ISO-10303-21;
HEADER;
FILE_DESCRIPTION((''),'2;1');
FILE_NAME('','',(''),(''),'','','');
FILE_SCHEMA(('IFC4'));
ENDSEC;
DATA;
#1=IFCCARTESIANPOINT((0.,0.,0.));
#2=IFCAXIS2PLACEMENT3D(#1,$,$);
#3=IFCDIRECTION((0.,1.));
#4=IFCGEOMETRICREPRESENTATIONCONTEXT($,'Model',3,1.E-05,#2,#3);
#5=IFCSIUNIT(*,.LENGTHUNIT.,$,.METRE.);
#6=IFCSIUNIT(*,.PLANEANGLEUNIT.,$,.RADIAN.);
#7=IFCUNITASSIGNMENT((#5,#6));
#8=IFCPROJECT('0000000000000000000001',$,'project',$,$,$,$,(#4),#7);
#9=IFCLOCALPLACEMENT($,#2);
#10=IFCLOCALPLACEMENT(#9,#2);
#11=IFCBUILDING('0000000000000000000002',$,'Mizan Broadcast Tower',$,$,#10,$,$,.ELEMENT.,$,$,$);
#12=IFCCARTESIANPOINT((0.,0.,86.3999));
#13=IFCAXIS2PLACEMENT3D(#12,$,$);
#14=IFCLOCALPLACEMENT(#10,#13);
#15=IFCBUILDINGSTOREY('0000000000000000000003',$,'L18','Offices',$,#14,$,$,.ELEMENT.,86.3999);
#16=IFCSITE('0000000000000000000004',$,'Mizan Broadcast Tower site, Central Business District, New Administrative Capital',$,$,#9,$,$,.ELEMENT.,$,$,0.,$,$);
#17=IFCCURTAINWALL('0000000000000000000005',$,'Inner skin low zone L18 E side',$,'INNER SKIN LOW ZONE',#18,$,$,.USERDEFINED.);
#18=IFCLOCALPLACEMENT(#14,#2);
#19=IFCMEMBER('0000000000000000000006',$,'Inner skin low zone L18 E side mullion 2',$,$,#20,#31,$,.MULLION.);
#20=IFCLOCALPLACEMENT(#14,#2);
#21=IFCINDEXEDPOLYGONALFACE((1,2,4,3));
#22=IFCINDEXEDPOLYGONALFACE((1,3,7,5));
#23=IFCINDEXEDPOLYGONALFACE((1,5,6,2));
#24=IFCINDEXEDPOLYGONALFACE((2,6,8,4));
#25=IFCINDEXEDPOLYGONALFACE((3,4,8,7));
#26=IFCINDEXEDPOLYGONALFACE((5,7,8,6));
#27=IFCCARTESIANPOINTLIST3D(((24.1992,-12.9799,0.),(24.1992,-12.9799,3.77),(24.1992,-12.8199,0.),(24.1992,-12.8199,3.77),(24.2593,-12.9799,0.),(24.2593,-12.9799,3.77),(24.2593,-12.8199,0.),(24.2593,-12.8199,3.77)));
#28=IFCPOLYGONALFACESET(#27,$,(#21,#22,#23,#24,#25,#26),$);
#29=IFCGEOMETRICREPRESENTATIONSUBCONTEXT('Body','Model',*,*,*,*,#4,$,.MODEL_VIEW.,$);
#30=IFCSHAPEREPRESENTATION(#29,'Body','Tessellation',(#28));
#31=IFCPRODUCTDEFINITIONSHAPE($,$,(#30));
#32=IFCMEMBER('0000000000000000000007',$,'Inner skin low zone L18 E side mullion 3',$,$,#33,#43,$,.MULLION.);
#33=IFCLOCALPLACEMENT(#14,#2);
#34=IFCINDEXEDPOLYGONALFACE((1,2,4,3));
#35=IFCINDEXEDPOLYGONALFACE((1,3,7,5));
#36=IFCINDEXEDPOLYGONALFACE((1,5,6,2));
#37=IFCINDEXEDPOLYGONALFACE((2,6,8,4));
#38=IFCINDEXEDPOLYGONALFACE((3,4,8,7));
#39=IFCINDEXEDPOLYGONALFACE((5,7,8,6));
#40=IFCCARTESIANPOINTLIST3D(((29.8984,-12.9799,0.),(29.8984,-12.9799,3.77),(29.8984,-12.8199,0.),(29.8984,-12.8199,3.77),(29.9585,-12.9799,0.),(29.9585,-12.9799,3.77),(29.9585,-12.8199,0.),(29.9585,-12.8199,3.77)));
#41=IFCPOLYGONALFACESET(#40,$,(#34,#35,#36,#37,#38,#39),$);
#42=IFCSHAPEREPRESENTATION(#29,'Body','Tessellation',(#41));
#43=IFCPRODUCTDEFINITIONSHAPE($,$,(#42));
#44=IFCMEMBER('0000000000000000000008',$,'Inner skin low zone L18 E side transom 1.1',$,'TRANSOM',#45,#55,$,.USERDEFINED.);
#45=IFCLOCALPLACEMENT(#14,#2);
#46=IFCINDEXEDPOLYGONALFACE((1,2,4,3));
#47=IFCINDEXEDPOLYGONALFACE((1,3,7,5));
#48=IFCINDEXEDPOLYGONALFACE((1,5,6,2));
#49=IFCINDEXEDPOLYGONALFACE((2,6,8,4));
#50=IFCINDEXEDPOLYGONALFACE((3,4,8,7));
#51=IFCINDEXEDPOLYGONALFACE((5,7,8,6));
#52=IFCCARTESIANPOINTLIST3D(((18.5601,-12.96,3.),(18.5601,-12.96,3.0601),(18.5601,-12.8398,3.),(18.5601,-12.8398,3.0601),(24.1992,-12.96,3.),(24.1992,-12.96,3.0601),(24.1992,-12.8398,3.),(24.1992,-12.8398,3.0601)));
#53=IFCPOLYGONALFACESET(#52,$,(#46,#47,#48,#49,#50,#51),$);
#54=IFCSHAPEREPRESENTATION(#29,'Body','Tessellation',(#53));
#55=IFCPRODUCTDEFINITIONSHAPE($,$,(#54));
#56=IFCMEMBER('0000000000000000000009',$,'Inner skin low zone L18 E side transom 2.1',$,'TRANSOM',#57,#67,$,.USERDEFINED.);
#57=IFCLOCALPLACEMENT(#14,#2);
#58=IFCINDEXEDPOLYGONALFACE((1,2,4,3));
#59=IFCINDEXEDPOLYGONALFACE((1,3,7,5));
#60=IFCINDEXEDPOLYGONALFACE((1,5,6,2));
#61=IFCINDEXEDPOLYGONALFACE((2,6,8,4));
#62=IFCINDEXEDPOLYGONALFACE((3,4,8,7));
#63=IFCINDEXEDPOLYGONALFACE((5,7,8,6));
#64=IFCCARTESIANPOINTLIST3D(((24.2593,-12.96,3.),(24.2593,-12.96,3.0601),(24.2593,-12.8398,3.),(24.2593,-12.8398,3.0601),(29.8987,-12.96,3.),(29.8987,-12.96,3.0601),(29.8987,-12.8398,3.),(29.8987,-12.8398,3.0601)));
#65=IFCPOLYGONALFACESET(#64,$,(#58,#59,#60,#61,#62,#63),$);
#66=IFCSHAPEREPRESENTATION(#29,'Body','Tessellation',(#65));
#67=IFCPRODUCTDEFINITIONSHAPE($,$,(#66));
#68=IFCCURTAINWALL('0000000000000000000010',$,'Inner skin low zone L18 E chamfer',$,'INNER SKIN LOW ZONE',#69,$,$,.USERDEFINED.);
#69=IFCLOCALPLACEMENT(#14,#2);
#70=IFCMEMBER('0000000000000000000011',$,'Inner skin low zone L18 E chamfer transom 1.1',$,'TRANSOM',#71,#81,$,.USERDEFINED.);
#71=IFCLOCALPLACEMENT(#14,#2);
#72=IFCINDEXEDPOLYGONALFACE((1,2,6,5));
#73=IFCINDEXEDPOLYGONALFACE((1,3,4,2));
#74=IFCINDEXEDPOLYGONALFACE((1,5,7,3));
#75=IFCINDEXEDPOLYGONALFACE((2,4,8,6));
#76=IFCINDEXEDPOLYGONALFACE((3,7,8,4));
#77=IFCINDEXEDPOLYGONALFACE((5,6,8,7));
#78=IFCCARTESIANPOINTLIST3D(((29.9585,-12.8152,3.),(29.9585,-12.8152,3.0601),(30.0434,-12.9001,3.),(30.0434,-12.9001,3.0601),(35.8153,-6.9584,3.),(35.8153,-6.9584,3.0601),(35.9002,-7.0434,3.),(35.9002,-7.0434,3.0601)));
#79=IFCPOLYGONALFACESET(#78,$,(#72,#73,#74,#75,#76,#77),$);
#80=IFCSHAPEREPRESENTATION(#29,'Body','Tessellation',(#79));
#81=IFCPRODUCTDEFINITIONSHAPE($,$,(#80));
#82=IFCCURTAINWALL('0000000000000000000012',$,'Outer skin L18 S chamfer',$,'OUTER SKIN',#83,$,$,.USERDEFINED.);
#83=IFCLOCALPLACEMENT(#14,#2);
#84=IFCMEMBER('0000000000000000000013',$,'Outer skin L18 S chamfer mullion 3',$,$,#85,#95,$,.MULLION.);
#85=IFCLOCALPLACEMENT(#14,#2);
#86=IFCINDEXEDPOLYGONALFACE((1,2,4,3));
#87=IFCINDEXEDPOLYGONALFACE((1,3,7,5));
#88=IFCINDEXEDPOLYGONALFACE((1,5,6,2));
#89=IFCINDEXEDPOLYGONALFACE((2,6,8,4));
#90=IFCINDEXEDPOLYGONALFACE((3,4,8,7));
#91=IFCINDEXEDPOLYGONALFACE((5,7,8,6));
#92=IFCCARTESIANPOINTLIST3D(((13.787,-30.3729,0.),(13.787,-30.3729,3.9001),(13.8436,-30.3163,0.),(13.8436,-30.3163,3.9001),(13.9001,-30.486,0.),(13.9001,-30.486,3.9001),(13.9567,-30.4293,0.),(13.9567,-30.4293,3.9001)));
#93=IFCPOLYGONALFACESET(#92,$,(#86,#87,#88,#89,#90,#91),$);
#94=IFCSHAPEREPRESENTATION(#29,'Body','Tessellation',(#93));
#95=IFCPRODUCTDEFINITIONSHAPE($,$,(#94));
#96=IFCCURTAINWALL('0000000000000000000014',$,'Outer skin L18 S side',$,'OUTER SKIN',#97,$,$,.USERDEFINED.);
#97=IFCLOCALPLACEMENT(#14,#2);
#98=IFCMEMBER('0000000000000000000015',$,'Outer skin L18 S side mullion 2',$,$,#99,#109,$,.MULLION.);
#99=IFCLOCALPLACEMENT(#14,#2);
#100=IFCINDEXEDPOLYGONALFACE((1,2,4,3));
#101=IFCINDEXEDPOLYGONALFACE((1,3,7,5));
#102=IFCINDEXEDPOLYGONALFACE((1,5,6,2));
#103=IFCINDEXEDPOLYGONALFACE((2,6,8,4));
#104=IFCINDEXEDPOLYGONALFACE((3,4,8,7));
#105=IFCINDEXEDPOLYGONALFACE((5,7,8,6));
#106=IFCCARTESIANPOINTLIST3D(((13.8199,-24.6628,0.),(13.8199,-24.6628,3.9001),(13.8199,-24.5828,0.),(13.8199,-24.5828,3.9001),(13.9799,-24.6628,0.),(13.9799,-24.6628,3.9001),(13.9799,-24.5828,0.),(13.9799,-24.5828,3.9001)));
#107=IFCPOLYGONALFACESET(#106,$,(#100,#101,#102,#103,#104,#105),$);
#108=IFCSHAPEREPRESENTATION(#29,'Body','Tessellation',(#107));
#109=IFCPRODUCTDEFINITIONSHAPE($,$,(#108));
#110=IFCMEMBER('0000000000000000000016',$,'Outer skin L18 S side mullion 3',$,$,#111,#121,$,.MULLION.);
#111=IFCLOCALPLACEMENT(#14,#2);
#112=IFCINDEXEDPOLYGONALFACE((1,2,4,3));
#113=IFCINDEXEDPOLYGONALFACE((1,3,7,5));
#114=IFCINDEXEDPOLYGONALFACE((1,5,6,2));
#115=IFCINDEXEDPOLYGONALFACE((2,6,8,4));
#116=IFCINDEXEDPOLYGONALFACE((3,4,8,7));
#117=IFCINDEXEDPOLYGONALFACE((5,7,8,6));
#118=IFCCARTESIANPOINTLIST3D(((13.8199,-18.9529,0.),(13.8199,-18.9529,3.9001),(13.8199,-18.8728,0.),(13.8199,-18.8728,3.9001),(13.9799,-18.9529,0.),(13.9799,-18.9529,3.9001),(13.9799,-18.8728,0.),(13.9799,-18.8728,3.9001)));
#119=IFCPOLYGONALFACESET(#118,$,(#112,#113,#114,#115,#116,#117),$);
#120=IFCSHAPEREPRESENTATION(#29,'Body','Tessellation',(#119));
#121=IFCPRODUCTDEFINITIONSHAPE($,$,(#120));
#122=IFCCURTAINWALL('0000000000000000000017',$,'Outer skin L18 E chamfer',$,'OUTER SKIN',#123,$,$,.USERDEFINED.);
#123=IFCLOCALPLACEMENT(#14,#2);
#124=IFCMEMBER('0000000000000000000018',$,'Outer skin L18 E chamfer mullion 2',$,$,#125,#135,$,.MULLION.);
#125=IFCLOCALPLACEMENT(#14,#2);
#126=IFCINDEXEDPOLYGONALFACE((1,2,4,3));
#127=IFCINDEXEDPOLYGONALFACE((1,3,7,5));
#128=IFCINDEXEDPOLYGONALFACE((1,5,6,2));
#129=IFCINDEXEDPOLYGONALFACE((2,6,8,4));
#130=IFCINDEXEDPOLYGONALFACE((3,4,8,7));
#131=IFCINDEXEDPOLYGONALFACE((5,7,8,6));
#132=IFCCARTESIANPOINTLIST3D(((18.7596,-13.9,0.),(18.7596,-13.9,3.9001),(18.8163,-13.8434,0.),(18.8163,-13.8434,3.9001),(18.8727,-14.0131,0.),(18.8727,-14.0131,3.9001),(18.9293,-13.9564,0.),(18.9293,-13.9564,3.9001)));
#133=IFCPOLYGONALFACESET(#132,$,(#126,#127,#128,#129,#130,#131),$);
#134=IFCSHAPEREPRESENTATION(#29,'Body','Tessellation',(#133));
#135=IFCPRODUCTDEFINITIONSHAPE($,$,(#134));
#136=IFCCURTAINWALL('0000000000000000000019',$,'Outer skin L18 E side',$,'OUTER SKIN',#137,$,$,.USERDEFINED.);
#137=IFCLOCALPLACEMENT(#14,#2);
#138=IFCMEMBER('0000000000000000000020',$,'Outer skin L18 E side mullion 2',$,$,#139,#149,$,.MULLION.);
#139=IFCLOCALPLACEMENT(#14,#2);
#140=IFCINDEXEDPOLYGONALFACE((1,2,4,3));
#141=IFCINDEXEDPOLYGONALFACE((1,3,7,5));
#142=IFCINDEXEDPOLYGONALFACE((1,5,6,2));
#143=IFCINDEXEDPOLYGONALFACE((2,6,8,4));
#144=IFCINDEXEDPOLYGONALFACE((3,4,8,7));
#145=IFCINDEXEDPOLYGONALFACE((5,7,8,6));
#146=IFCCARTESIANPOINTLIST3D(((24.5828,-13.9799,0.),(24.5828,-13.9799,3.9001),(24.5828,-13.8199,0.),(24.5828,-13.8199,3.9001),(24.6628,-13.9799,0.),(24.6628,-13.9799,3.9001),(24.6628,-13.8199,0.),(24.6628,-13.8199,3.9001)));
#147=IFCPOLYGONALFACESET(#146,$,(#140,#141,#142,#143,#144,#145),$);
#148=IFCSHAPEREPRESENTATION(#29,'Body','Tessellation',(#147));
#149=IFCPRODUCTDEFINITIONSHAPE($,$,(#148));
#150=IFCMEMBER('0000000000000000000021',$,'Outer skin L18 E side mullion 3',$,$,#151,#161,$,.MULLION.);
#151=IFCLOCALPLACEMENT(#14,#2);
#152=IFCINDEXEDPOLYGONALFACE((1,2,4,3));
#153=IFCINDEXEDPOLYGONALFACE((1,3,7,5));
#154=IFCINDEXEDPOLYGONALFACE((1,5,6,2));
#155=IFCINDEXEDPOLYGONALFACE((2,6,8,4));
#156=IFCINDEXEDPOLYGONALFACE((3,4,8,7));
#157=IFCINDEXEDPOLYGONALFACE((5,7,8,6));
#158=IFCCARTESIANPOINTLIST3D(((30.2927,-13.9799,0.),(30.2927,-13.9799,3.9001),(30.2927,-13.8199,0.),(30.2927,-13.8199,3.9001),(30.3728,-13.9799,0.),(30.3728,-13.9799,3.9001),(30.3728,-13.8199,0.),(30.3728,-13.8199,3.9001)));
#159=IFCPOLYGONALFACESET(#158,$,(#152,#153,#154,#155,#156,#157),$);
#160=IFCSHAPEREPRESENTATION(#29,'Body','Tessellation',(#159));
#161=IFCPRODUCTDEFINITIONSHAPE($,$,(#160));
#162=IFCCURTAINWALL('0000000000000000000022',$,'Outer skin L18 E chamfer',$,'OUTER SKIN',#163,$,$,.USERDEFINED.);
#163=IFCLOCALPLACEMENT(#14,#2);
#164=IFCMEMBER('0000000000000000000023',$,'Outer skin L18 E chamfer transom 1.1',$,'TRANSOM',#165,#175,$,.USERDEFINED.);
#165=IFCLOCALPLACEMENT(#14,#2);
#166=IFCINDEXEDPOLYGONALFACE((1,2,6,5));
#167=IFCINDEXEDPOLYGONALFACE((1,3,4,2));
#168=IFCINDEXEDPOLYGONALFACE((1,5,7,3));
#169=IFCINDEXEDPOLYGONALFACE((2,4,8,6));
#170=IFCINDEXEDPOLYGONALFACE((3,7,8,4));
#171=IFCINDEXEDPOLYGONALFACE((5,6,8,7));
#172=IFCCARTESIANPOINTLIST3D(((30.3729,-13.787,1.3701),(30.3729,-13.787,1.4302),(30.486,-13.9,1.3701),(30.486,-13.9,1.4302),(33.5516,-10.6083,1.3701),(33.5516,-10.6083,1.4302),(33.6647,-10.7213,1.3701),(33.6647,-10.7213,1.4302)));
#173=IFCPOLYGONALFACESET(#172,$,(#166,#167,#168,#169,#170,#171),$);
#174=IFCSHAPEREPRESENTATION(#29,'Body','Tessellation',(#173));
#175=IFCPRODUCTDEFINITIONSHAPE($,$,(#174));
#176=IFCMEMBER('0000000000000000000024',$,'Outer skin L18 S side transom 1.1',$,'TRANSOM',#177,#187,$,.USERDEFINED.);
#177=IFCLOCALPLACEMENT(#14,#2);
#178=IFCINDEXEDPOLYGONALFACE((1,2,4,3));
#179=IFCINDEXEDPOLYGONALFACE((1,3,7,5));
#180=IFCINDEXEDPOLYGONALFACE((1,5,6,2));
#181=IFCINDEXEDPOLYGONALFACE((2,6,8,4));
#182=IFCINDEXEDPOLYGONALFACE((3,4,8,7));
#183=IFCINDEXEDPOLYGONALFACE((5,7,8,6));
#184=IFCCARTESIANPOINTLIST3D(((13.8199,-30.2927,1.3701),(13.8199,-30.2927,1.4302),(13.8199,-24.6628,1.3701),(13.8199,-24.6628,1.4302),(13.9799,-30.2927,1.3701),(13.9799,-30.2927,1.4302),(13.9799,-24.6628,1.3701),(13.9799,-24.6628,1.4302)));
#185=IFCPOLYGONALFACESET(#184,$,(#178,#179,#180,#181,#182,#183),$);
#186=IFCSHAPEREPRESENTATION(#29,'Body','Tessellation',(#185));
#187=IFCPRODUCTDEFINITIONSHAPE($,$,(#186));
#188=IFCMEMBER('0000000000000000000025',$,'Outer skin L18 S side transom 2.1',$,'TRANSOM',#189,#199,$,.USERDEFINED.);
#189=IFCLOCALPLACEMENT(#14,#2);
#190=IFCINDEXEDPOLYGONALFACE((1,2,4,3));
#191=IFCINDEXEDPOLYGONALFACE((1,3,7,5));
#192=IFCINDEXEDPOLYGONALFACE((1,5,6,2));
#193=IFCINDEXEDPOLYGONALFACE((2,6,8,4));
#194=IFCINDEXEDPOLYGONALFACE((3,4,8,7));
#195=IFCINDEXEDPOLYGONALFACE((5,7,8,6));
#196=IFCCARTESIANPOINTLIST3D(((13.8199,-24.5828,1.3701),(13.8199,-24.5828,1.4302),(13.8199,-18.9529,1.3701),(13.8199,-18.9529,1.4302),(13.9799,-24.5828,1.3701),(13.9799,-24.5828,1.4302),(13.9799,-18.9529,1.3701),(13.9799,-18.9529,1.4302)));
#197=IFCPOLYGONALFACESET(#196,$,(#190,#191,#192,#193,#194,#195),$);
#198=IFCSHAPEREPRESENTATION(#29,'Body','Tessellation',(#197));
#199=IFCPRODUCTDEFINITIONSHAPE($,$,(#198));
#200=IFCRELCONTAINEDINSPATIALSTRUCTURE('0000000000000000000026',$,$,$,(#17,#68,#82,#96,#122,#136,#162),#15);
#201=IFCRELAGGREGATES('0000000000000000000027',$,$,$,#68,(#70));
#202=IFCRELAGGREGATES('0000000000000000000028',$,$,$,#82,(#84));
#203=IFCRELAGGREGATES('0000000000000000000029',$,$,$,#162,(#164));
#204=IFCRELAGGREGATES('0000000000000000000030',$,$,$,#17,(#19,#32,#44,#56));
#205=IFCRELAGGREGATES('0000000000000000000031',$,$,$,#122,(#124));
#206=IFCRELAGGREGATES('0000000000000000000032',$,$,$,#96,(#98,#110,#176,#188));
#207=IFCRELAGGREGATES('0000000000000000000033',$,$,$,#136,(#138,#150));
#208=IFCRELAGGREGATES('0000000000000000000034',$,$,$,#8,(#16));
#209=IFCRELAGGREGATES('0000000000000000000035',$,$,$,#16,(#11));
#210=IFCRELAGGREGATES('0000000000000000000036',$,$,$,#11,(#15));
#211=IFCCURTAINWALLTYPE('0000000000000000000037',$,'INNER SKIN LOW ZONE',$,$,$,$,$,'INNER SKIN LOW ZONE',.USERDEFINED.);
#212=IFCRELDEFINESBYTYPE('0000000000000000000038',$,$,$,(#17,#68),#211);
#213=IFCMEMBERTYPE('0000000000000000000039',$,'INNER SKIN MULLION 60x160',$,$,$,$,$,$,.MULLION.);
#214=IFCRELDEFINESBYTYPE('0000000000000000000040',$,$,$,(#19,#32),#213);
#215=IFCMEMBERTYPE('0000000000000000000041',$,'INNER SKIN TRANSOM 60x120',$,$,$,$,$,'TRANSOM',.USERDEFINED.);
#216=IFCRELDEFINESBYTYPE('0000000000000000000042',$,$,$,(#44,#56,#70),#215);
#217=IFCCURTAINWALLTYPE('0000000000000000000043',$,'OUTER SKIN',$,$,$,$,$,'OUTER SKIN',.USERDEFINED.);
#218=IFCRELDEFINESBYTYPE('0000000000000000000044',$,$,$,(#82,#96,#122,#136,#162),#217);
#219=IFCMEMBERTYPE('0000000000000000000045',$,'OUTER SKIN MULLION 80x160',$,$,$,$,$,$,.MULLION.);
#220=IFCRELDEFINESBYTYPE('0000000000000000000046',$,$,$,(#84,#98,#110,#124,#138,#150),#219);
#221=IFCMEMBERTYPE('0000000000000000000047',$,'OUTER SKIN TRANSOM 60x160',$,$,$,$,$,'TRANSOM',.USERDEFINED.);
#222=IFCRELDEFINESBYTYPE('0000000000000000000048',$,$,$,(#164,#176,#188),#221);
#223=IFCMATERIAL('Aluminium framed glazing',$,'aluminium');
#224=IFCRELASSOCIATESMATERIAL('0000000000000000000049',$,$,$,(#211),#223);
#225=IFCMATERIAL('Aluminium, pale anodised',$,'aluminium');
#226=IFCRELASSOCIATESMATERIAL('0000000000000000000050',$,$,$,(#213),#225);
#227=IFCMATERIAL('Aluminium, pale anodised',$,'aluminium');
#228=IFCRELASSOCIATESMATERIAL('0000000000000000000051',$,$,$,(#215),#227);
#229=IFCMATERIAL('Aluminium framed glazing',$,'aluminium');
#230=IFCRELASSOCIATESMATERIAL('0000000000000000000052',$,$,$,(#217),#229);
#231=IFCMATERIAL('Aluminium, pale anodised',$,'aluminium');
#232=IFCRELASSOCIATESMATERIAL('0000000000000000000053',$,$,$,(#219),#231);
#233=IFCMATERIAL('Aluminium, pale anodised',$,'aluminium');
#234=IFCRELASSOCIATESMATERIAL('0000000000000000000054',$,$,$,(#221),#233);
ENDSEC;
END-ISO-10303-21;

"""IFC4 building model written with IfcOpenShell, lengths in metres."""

from ifc_helpers import new_model, si_unit, direction, frame, origin, origin_2d, place, context, subcontext, project, spatial, rectangle, extrude, material, material_profile, profile_set, type_object, element, aggregate, save


model = new_model("IFC4")

# Units and contexts
model_context = context("Model", 3, precision=1e-05, world=origin(), true_north=direction((0.0, 1.0)))
body_context = subcontext(model_context, "Body", "Model", "MODEL_VIEW")
ifc_project = project(units=[si_unit("LENGTHUNIT", "METRE"), si_unit("PLANEANGLEUNIT", "RADIAN")], contexts=[model_context])

# Site, building, storey
site_placement = place(None, origin())
site = spatial("IfcSite", under=ifc_project, at=site_placement, Name="Mizan Broadcast Tower site, Central Business District, New Administrative Capital", CompositionType="ELEMENT", RefElevation=0.0)
building_placement = place(site_placement, origin())
building = spatial("IfcBuilding", under=site, at=building_placement, Name="Mizan Broadcast Tower", CompositionType="ELEMENT")
storey_placement = place(building_placement, frame((0.0, 0.0, 86.3999)))
storey = spatial("IfcBuildingStorey", under=building, at=storey_placement, Name="L18", Description="Offices", CompositionType="ELEMENT", Elevation=86.3999)

# Curtain wall, members
ifc_material_1 = material(Name="Aluminium framed glazing", Category="aluminium")
curtain_wall_type_1 = type_object("IfcCurtainWallType", Name="INNER SKIN LOW ZONE", ElementType="INNER SKIN LOW ZONE", PredefinedType="USERDEFINED", material=ifc_material_1)
curtain_wall_1_placement = place(storey_placement, origin())
curtain_wall_1 = element("IfcCurtainWall", 1, at=curtain_wall_1_placement, inside=storey, type_object=curtain_wall_type_1, Name="Inner skin low zone L18 E side", ObjectType="INNER SKIN LOW ZONE", PredefinedType="USERDEFINED")
ifc_material_2 = material(Name="Aluminium, pale anodised", Category="aluminium")
ifc_material_profile_1 = material_profile(ifc_material_2, rectangle(XDim=0.1599, YDim=0.0601, at=origin_2d()), Name="MULLION 160x60")
ifc_profile_set_1 = profile_set([ifc_material_profile_1], Name="Aluminium, pale anodised")
member_type_1 = type_object("IfcMemberType", Name="INNER SKIN MULLION 60x160", PredefinedType="MULLION", material=ifc_profile_set_1)
member_1_placement = place(storey_placement, frame((24.2292, -12.8999, 0.0), z_axis=(0.0, 0.0, 1.0), x_axis=(0.0, 1.0, 0.0)))
member_1 = element("IfcMember", 2, at=member_1_placement, type_object=member_type_1, Name="Inner skin low zone L18 E side mullion 2", PredefinedType="MULLION", context=body_context, shape_type="SweptSolid", body=[
    extrude(rectangle(XDim=0.1599, YDim=0.0601, at=origin_2d()), origin(), (0.0, 0.0, 1.0), 3.77),
])
member_2_placement = place(storey_placement, frame((29.9285, -12.8999, 0.0), z_axis=(0.0, 0.0, 1.0), x_axis=(0.0, 1.0, 0.0)))
member_2 = element("IfcMember", 3, at=member_2_placement, type_object=member_type_1, Name="Inner skin low zone L18 E side mullion 3", PredefinedType="MULLION", context=body_context, shape_type="SweptSolid", body=[
    extrude(rectangle(XDim=0.1599, YDim=0.0601, at=origin_2d()), origin(), (0.0, 0.0, 1.0), 3.77),
])
ifc_material_3 = material(Name="Aluminium, pale anodised", Category="aluminium")
ifc_material_profile_2 = material_profile(ifc_material_3, rectangle(XDim=0.1201, YDim=0.0601, at=origin_2d()), Name="TRANSOM 120x60")
ifc_profile_set_2 = profile_set([ifc_material_profile_2], Name="Aluminium, pale anodised")
member_type_2 = type_object("IfcMemberType", Name="INNER SKIN TRANSOM 60x120", ElementType="TRANSOM", PredefinedType="USERDEFINED", material=ifc_profile_set_2)
member_3_placement = place(storey_placement, frame((18.5601, -12.8999, 3.03), z_axis=(1.0, 0.0, 0.0), x_axis=(0.0, 1.0, 0.0)))
member_3 = element("IfcMember", 4, at=member_3_placement, type_object=member_type_2, Name="Inner skin low zone L18 E side transom 1.1", ObjectType="TRANSOM", PredefinedType="USERDEFINED", context=body_context, shape_type="SweptSolid", body=[
    extrude(rectangle(XDim=0.1201, YDim=0.0601, at=origin_2d()), origin(), (0.0, 0.0, 1.0), 5.6392),
])
member_4_placement = place(storey_placement, frame((24.2593, -12.8999, 3.03), z_axis=(1.0, 0.0, 0.0), x_axis=(0.0, 1.0, 0.0)))
member_4 = element("IfcMember", 5, at=member_4_placement, type_object=member_type_2, Name="Inner skin low zone L18 E side transom 2.1", ObjectType="TRANSOM", PredefinedType="USERDEFINED", context=body_context, shape_type="SweptSolid", body=[
    extrude(rectangle(XDim=0.1201, YDim=0.0601, at=origin_2d()), origin(), (0.0, 0.0, 1.0), 5.6394),
])

# Curtain walls, members
curtain_wall_2_placement = place(storey_placement, origin())
curtain_wall_2 = element("IfcCurtainWall", 6, at=curtain_wall_2_placement, inside=storey, type_object=curtain_wall_type_1, Name="Inner skin low zone L18 E chamfer", ObjectType="INNER SKIN LOW ZONE", PredefinedType="USERDEFINED")
member_5_placement = place(storey_placement, frame((30.001, -12.8577, 3.03), z_axis=(0.707107, 0.707107, 0.0), x_axis=(-0.707107, 0.707107, 0.0)))
member_5 = element("IfcMember", 7, at=member_5_placement, type_object=member_type_2, Name="Inner skin low zone L18 E chamfer transom 1.1", ObjectType="TRANSOM", PredefinedType="USERDEFINED", context=body_context, shape_type="SweptSolid", body=[
    extrude(rectangle(XDim=0.1201, YDim=0.0601, at=origin_2d()), origin(), (0.0, 0.0, 1.0), 8.2827),
])
aggregate(curtain_wall_2, [member_5])
ifc_material_4 = material(Name="Aluminium framed glazing", Category="aluminium")
curtain_wall_type_2 = type_object("IfcCurtainWallType", Name="OUTER SKIN", ElementType="OUTER SKIN", PredefinedType="USERDEFINED", material=ifc_material_4)
curtain_wall_3_placement = place(storey_placement, origin())
curtain_wall_3 = element("IfcCurtainWall", 8, at=curtain_wall_3_placement, inside=storey, type_object=curtain_wall_type_2, Name="Outer skin L18 S chamfer", ObjectType="OUTER SKIN", PredefinedType="USERDEFINED")
ifc_material_5 = material(Name="Aluminium, pale anodised", Category="aluminium")
ifc_material_profile_3 = material_profile(ifc_material_5, rectangle(XDim=0.1599, YDim=0.0801, at=origin_2d()), Name="MULLION 160x80")
ifc_profile_set_3 = profile_set([ifc_material_profile_3], Name="Aluminium, pale anodised")
member_type_3 = type_object("IfcMemberType", Name="OUTER SKIN MULLION 80x160", PredefinedType="MULLION", material=ifc_profile_set_3)
member_6_placement = place(storey_placement, frame((13.8718, -30.4011, 0.0), z_axis=(0.0, 0.0, 1.0), x_axis=(-0.707107, 0.707107, 0.0)))
member_6 = element("IfcMember", 9, at=member_6_placement, type_object=member_type_3, Name="Outer skin L18 S chamfer mullion 3", PredefinedType="MULLION", context=body_context, shape_type="SweptSolid", body=[
    extrude(rectangle(XDim=0.1599, YDim=0.0801, at=origin_2d()), origin(), (0.0, 0.0, 1.0), 3.9001),
])
aggregate(curtain_wall_3, [member_6])

# Curtain wall, members
curtain_wall_4_placement = place(storey_placement, origin())
curtain_wall_4 = element("IfcCurtainWall", 10, at=curtain_wall_4_placement, inside=storey, type_object=curtain_wall_type_2, Name="Outer skin L18 S side", ObjectType="OUTER SKIN", PredefinedType="USERDEFINED")
member_7_placement = place(storey_placement, frame((13.8999, -24.6228, 0.0), z_axis=(0.0, 0.0, 1.0), x_axis=(-1.0, 0.0, 0.0)))
member_7 = element("IfcMember", 11, at=member_7_placement, type_object=member_type_3, Name="Outer skin L18 S side mullion 2", PredefinedType="MULLION", context=body_context, shape_type="SweptSolid", body=[
    extrude(rectangle(XDim=0.1599, YDim=0.0801, at=origin_2d()), origin(), (0.0, 0.0, 1.0), 3.9001),
])
member_8_placement = place(storey_placement, frame((13.8999, -18.9128, 0.0), z_axis=(0.0, 0.0, 1.0), x_axis=(-1.0, 0.0, 0.0)))
member_8 = element("IfcMember", 12, at=member_8_placement, type_object=member_type_3, Name="Outer skin L18 S side mullion 3", PredefinedType="MULLION", context=body_context, shape_type="SweptSolid", body=[
    extrude(rectangle(XDim=0.1599, YDim=0.0801, at=origin_2d()), origin(), (0.0, 0.0, 1.0), 3.9001),
])

# Curtain wall, member
curtain_wall_5_placement = place(storey_placement, origin())
curtain_wall_5 = element("IfcCurtainWall", 13, at=curtain_wall_5_placement, inside=storey, type_object=curtain_wall_type_2, Name="Outer skin L18 E chamfer", ObjectType="OUTER SKIN", PredefinedType="USERDEFINED")
member_9_placement = place(storey_placement, frame((18.8445, -13.9282, 0.0), z_axis=(0.0, 0.0, 1.0), x_axis=(-0.707107, 0.707107, 0.0)))
member_9 = element("IfcMember", 14, at=member_9_placement, type_object=member_type_3, Name="Outer skin L18 E chamfer mullion 2", PredefinedType="MULLION", context=body_context, shape_type="SweptSolid", body=[
    extrude(rectangle(XDim=0.1599, YDim=0.0801, at=origin_2d()), origin(), (0.0, 0.0, 1.0), 3.9001),
])

# Curtain wall, members
curtain_wall_6_placement = place(storey_placement, origin())
curtain_wall_6 = element("IfcCurtainWall", 15, at=curtain_wall_6_placement, inside=storey, type_object=curtain_wall_type_2, Name="Outer skin L18 E side", ObjectType="OUTER SKIN", PredefinedType="USERDEFINED")
member_10_placement = place(storey_placement, frame((24.6228, -13.8999, 0.0), z_axis=(0.0, 0.0, 1.0), x_axis=(0.0, 1.0, 0.0)))
member_10 = element("IfcMember", 16, at=member_10_placement, type_object=member_type_3, Name="Outer skin L18 E side mullion 2", PredefinedType="MULLION", context=body_context, shape_type="SweptSolid", body=[
    extrude(rectangle(XDim=0.1599, YDim=0.0801, at=origin_2d()), origin(), (0.0, 0.0, 1.0), 3.9001),
])
member_11_placement = place(storey_placement, frame((30.3328, -13.8999, 0.0), z_axis=(0.0, 0.0, 1.0), x_axis=(0.0, 1.0, 0.0)))
member_11 = element("IfcMember", 17, at=member_11_placement, type_object=member_type_3, Name="Outer skin L18 E side mullion 3", PredefinedType="MULLION", context=body_context, shape_type="SweptSolid", body=[
    extrude(rectangle(XDim=0.1599, YDim=0.0801, at=origin_2d()), origin(), (0.0, 0.0, 1.0), 3.9001),
])

# Curtain wall, member
curtain_wall_7_placement = place(storey_placement, origin())
curtain_wall_7 = element("IfcCurtainWall", 18, at=curtain_wall_7_placement, inside=storey, type_object=curtain_wall_type_2, Name="Outer skin L18 E chamfer", ObjectType="OUTER SKIN", PredefinedType="USERDEFINED")
ifc_material_6 = material(Name="Aluminium, pale anodised", Category="aluminium")
ifc_material_profile_4 = material_profile(ifc_material_6, rectangle(XDim=0.1599, YDim=0.0601, at=origin_2d()), Name="TRANSOM 160x60")
ifc_profile_set_4 = profile_set([ifc_material_profile_4], Name="Aluminium, pale anodised")
member_type_4 = type_object("IfcMemberType", Name="OUTER SKIN TRANSOM 60x160", ElementType="TRANSOM", PredefinedType="USERDEFINED", material=ifc_profile_set_4)
member_12_placement = place(storey_placement, frame((30.4294, -13.8435, 1.4001), z_axis=(0.707107, 0.707107, 0.0), x_axis=(-0.707107, 0.707107, 0.0)))
member_12 = element("IfcMember", 19, at=member_12_placement, type_object=member_type_4, Name="Outer skin L18 E chamfer transom 1.1", ObjectType="TRANSOM", PredefinedType="USERDEFINED", context=body_context, shape_type="SweptSolid", body=[
    extrude(rectangle(XDim=0.1599, YDim=0.0601, at=origin_2d()), origin(), (0.0, 0.0, 1.0), 4.4954),
])
aggregate(curtain_wall_7, [member_12])

# Members
member_13_placement = place(storey_placement, frame((13.8999, -30.2927, 1.4001), z_axis=(0.0, 1.0, 0.0), x_axis=(-1.0, 0.0, 0.0)))
member_13 = element("IfcMember", 20, at=member_13_placement, type_object=member_type_4, Name="Outer skin L18 S side transom 1.1", ObjectType="TRANSOM", PredefinedType="USERDEFINED", context=body_context, shape_type="SweptSolid", body=[
    extrude(rectangle(XDim=0.1599, YDim=0.0601, at=origin_2d()), origin(), (0.0, 0.0, 1.0), 5.6299),
])
member_14_placement = place(storey_placement, frame((13.8999, -24.5828, 1.4001), z_axis=(0.0, 1.0, 0.0), x_axis=(-1.0, 0.0, 0.0)))
member_14 = element("IfcMember", 21, at=member_14_placement, type_object=member_type_4, Name="Outer skin L18 S side transom 2.1", ObjectType="TRANSOM", PredefinedType="USERDEFINED", context=body_context, shape_type="SweptSolid", body=[
    extrude(rectangle(XDim=0.1599, YDim=0.0601, at=origin_2d()), origin(), (0.0, 0.0, 1.0), 5.6299),
])

aggregate(curtain_wall_1, [member_1, member_2, member_3, member_4])
aggregate(curtain_wall_5, [member_9])
aggregate(curtain_wall_4, [member_7, member_8, member_13, member_14])
aggregate(curtain_wall_6, [member_10, member_11])

save(model, "model.ifc")
